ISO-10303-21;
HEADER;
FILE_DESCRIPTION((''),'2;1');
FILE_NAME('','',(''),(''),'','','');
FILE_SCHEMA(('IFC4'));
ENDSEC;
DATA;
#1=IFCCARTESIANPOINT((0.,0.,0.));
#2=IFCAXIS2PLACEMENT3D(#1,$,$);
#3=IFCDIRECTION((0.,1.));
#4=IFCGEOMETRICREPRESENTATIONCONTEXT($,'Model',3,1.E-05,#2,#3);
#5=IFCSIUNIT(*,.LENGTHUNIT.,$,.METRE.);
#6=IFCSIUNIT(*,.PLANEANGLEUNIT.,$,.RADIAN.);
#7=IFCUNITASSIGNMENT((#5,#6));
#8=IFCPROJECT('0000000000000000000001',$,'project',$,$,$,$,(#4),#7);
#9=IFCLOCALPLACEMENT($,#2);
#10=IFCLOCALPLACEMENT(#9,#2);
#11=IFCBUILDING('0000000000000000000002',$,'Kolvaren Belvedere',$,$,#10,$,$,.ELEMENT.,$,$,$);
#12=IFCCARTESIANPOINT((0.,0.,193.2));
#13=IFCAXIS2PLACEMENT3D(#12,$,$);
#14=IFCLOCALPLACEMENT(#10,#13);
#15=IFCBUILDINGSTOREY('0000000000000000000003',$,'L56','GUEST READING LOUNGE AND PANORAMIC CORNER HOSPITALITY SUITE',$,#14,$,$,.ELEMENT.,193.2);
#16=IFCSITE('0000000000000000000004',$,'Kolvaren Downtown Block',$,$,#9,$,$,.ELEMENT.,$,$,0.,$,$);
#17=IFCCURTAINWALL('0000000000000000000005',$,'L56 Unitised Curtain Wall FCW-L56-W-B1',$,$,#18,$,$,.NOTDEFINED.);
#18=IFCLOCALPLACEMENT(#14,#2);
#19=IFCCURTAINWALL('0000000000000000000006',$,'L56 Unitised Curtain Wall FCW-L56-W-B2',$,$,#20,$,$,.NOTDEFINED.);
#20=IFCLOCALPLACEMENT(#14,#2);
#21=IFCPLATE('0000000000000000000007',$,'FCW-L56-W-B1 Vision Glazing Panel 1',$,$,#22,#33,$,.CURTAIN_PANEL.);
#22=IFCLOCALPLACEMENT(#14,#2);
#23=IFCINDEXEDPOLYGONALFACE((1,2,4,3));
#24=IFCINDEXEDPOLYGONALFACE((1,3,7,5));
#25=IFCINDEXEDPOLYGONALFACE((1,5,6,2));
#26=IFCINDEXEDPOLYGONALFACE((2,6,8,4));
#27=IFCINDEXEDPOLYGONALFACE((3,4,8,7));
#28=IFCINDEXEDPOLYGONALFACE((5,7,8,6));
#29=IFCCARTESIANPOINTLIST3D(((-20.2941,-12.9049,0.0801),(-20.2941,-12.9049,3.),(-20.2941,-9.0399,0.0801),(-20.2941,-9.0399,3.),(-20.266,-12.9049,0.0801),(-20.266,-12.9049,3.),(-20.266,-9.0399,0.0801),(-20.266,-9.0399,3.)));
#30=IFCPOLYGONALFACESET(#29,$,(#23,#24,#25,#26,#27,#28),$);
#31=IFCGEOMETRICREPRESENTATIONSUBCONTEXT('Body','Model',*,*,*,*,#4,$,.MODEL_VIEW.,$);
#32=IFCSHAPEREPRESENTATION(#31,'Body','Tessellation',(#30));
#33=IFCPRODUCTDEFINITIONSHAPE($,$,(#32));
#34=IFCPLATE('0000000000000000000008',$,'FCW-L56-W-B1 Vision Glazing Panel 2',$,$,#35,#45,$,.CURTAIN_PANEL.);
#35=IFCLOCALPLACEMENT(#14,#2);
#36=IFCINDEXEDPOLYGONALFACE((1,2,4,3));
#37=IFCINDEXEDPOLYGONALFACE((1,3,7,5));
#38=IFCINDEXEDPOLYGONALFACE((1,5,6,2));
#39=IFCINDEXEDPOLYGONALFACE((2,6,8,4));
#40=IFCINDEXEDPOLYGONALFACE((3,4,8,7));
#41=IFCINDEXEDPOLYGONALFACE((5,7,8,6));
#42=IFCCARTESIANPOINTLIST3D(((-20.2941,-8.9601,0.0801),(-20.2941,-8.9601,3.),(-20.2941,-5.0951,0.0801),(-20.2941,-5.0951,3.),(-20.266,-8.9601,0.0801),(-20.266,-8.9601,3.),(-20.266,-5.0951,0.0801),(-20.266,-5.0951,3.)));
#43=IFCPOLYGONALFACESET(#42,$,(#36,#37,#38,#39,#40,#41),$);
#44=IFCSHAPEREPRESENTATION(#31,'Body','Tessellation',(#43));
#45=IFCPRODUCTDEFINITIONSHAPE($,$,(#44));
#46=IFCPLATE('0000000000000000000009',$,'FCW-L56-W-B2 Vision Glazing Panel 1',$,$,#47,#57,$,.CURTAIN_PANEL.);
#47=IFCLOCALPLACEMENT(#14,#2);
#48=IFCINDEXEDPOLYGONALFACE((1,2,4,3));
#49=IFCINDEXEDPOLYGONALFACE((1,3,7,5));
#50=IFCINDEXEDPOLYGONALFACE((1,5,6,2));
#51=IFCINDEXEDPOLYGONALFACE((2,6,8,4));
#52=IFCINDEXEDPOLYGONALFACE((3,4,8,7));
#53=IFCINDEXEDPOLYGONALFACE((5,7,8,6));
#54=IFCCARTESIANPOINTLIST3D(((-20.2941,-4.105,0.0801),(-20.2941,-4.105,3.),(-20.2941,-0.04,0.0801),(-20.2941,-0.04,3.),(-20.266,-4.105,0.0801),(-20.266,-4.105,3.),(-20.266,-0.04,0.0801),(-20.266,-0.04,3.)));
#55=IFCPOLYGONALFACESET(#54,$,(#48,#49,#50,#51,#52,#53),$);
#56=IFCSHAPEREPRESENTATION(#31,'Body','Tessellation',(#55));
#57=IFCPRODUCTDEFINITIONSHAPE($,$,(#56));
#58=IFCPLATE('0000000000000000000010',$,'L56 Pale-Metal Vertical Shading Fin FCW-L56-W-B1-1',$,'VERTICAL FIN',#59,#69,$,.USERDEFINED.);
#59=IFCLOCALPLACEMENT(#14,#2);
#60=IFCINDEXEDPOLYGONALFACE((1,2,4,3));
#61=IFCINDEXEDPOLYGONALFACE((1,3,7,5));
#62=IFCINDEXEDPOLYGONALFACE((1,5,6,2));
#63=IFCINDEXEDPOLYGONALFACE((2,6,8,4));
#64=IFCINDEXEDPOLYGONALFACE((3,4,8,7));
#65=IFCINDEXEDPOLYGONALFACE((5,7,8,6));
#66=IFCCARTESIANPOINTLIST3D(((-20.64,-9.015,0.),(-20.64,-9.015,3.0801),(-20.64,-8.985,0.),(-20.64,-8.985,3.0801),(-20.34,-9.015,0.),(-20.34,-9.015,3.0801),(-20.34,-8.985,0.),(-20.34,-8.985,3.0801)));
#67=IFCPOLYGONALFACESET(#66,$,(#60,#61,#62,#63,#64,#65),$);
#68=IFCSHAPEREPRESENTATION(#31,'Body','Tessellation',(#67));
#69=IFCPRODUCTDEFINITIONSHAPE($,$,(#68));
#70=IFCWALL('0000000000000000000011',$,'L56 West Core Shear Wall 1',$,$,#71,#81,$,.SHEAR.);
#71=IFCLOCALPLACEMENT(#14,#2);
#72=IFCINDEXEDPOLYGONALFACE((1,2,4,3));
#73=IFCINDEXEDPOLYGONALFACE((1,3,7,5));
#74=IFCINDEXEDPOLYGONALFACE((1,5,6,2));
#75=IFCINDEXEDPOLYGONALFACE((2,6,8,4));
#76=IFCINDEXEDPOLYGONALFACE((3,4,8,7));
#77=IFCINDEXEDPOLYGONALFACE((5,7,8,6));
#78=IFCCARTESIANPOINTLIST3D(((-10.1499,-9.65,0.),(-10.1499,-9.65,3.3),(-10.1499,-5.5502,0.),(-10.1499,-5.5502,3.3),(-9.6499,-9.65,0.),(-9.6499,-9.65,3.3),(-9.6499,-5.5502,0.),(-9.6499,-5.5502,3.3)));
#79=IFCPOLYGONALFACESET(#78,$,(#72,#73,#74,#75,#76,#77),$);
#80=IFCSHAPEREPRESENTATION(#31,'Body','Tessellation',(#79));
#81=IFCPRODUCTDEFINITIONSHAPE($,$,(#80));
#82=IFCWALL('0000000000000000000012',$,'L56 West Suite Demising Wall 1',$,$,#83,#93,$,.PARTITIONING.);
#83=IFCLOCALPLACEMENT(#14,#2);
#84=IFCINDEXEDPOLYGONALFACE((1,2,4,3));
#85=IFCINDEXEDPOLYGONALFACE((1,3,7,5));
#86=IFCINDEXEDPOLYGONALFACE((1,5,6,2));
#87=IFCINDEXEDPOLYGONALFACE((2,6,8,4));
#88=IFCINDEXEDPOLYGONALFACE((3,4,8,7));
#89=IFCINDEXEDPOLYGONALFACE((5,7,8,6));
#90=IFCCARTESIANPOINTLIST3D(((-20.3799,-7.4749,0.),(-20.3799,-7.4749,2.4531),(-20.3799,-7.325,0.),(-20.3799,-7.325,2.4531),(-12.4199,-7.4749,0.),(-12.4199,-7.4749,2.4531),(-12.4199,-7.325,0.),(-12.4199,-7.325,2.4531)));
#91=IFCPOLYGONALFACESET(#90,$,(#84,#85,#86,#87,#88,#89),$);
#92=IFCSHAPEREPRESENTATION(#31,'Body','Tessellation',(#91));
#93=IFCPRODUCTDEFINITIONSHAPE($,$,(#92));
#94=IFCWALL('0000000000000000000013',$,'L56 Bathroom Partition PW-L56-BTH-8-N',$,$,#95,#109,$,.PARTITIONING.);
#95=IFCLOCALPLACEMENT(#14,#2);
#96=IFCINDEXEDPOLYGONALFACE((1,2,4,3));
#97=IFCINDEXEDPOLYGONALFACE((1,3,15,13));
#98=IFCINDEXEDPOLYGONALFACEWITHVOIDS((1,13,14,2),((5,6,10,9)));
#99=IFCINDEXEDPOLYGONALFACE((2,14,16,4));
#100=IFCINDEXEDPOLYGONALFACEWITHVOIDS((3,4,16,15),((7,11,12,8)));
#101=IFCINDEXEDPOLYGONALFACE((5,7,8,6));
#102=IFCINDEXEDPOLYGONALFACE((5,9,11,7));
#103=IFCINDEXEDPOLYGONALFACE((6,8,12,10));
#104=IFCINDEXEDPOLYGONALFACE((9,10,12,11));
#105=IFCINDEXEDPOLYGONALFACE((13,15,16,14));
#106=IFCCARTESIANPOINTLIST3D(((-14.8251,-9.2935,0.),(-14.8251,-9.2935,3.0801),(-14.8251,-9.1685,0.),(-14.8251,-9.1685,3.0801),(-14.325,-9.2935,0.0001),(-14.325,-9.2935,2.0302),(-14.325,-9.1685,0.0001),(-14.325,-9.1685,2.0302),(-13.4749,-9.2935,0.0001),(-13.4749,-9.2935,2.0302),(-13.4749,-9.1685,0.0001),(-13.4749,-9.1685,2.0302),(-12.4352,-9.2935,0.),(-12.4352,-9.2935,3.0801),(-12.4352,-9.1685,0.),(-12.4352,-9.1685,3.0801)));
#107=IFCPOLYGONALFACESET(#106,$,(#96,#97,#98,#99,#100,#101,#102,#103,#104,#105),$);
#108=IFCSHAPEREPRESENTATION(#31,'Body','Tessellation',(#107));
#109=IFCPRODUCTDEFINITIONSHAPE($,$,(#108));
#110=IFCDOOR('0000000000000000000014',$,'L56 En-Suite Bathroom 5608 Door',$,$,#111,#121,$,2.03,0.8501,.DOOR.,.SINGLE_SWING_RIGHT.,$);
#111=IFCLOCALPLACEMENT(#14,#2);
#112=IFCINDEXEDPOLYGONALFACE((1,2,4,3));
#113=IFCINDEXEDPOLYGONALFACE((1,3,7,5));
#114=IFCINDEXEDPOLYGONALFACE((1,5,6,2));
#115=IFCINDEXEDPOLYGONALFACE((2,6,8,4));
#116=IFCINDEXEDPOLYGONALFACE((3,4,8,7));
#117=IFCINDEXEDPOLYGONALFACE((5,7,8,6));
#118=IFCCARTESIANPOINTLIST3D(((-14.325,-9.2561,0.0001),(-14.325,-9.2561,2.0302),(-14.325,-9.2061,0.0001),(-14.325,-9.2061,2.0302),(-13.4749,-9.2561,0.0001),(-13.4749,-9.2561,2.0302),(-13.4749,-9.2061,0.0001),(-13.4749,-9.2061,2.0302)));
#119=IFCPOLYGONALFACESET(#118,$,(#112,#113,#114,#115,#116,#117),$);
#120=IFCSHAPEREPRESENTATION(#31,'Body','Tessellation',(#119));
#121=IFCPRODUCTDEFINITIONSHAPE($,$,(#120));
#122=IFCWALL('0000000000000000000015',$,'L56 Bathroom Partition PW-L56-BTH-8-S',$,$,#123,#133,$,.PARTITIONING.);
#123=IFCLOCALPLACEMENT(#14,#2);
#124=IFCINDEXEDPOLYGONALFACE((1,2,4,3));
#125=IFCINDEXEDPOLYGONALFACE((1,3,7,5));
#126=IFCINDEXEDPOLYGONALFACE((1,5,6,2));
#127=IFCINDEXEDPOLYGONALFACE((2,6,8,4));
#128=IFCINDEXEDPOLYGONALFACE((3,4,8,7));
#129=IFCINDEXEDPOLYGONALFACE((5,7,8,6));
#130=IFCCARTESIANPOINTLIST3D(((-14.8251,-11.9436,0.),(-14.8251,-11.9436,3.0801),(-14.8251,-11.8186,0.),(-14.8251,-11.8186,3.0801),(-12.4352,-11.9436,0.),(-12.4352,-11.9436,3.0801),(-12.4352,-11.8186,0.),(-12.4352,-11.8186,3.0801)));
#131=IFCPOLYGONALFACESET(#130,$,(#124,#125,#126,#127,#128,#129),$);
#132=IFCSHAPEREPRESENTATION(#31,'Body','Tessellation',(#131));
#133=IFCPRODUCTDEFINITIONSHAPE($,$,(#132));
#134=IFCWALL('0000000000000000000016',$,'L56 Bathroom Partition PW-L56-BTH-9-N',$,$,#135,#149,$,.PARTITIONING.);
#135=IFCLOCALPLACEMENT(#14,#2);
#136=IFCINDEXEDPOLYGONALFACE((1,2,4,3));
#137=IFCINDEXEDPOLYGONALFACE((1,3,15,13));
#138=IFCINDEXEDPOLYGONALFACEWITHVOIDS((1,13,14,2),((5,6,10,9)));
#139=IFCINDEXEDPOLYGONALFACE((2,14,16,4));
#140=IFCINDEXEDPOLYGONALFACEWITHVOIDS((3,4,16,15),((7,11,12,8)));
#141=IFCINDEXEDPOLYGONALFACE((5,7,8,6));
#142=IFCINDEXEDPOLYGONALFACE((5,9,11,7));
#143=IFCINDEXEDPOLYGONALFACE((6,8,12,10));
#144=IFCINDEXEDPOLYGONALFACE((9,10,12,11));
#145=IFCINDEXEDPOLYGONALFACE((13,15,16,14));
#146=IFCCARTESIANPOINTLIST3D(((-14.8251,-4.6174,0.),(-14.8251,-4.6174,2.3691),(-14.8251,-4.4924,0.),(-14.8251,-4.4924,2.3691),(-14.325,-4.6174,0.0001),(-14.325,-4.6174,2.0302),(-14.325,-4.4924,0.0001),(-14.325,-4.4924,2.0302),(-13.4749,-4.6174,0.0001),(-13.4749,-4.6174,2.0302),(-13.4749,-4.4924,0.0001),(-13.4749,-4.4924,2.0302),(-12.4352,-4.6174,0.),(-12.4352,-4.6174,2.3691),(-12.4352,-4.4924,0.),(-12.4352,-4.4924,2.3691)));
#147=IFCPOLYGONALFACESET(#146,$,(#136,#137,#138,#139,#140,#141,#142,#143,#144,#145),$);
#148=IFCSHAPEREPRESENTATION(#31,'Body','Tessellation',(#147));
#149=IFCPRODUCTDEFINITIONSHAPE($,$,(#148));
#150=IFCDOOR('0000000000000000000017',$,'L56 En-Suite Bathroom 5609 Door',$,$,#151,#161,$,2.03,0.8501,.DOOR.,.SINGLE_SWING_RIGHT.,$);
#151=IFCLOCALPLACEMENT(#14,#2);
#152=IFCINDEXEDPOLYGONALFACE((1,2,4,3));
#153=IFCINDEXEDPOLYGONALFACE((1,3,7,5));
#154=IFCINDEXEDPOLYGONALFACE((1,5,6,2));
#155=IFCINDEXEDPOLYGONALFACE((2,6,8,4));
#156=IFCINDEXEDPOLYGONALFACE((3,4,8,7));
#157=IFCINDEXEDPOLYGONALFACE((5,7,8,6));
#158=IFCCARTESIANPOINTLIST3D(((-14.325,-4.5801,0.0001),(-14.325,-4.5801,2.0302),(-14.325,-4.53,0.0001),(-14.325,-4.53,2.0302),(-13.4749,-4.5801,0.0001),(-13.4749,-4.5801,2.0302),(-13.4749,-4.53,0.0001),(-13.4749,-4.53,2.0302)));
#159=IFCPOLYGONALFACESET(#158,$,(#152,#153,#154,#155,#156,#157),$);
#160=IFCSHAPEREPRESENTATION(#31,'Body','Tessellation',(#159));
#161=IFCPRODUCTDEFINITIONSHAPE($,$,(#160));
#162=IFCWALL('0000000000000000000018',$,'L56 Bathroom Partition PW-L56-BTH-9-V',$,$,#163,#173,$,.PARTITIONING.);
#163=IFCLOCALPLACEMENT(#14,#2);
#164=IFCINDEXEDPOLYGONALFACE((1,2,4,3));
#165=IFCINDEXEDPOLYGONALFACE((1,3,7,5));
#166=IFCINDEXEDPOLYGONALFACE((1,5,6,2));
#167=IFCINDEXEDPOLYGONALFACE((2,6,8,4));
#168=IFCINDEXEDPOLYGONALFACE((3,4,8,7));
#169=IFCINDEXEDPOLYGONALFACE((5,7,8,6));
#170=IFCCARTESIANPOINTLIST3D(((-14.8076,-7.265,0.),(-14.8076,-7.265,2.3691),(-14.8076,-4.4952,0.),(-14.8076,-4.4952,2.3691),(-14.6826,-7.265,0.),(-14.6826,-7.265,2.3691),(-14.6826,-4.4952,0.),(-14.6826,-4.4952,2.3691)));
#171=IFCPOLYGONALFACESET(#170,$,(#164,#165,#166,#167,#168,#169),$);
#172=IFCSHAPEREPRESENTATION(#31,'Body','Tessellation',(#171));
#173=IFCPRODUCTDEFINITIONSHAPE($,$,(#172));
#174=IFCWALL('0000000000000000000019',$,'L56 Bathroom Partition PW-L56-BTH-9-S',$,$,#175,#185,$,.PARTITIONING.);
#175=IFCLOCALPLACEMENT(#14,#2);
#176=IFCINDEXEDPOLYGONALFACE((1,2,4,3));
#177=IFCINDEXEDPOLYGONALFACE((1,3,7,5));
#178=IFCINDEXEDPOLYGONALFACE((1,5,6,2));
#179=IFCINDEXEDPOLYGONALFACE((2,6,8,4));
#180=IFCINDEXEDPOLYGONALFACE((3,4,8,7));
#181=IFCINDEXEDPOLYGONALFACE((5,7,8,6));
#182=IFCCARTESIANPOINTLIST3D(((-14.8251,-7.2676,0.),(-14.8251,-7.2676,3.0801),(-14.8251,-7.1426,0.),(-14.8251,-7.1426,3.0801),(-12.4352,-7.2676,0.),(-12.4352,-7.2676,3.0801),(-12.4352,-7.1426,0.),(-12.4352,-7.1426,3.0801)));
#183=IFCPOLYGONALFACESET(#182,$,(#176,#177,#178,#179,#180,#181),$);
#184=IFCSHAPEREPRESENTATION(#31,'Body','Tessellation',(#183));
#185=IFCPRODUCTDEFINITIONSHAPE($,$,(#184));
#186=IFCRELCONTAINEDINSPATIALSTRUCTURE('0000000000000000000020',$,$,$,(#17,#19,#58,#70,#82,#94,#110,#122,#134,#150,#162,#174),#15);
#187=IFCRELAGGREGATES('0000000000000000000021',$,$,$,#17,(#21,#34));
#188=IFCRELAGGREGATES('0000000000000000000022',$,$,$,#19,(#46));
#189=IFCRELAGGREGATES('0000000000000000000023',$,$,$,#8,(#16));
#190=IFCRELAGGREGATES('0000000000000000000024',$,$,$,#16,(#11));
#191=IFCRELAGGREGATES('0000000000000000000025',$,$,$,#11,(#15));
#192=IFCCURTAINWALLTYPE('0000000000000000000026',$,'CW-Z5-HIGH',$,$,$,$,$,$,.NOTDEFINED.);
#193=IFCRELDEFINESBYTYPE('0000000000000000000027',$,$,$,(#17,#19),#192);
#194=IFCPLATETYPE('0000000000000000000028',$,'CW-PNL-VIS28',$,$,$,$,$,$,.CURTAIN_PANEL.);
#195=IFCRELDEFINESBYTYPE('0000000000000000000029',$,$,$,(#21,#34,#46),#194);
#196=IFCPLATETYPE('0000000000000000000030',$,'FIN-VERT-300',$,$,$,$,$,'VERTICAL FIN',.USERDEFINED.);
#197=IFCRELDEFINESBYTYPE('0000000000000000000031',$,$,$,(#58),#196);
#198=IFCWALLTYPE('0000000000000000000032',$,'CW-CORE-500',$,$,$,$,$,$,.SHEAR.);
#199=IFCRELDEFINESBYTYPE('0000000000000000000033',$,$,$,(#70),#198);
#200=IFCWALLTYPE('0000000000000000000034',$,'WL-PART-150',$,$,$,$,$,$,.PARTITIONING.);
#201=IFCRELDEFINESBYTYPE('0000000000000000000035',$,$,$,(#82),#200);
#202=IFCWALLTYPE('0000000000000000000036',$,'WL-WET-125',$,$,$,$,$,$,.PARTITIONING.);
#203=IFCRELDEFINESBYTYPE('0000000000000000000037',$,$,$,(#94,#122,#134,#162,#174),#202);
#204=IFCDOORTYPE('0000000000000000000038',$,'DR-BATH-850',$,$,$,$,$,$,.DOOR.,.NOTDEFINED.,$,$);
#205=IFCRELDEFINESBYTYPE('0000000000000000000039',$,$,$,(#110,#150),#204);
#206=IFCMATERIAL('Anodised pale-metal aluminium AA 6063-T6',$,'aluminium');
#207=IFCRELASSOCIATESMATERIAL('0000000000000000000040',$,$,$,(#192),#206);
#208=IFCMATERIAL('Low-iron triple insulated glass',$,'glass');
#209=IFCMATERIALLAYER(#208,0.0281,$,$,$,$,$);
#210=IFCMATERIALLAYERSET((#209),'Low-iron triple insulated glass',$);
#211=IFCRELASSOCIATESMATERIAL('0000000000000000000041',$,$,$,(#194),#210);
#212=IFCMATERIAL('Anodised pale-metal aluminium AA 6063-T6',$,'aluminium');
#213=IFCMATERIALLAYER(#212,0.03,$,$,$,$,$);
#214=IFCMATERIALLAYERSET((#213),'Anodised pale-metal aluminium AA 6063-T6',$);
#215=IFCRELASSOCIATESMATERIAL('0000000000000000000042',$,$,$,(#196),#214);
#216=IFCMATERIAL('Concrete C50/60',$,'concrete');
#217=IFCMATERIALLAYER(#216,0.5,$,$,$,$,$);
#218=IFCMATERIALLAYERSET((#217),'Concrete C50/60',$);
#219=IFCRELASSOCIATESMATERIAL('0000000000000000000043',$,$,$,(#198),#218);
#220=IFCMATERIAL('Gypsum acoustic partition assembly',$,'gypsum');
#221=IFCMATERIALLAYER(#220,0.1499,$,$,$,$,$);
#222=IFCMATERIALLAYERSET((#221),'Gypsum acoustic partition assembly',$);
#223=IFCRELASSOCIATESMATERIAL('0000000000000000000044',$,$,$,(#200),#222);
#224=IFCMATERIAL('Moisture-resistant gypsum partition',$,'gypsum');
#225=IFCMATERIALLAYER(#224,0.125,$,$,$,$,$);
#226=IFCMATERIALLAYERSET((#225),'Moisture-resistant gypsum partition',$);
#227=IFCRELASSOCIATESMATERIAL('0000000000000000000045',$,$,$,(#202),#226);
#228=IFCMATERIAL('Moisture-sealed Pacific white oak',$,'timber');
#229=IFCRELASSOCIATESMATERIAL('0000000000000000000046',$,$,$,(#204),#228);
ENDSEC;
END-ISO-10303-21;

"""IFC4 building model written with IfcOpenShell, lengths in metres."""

from ifc_helpers import new_model, si_unit, direction, frame, frame_2d, origin, origin_2d, place, context, subcontext, project, spatial, rectangle, extrude, material, layer, layer_set, type_object, element, fill, aggregate, save


model = new_model("IFC4")

# Units and contexts
model_context = context("Model", 3, precision=1e-05, world=origin(), true_north=direction((0.0, 1.0)))
body_context = subcontext(model_context, "Body", "Model", "MODEL_VIEW")
ifc_project = project(units=[si_unit("LENGTHUNIT", "METRE"), si_unit("PLANEANGLEUNIT", "RADIAN")], contexts=[model_context])

# Site, building, storey
site_placement = place(None, origin())
site = spatial("IfcSite", under=ifc_project, at=site_placement, Name="Kolvaren Downtown Block", CompositionType="ELEMENT", RefElevation=0.0)
building_placement = place(site_placement, origin())
building = spatial("IfcBuilding", under=site, at=building_placement, Name="Kolvaren Belvedere", CompositionType="ELEMENT")
storey_placement = place(building_placement, frame((0.0, 0.0, 193.2)))
storey = spatial("IfcBuildingStorey", under=building, at=storey_placement, Name="L56", Description="GUEST READING LOUNGE AND PANORAMIC CORNER HOSPITALITY SUITE", CompositionType="ELEMENT", Elevation=193.2)

# Curtain walls
ifc_material_1 = material(Name="Anodised pale-metal aluminium AA 6063-T6", Category="aluminium")
curtain_wall_type = type_object("IfcCurtainWallType", Name="CW-Z5-HIGH", PredefinedType="NOTDEFINED", material=ifc_material_1)
curtain_wall_1_placement = place(storey_placement, origin())
curtain_wall_1 = element("IfcCurtainWall", 1, at=curtain_wall_1_placement, inside=storey, type_object=curtain_wall_type, Name="L56 Unitised Curtain Wall FCW-L56-W-B1", PredefinedType="NOTDEFINED")
curtain_wall_2_placement = place(storey_placement, origin())
curtain_wall_2 = element("IfcCurtainWall", 2, at=curtain_wall_2_placement, inside=storey, type_object=curtain_wall_type, Name="L56 Unitised Curtain Wall FCW-L56-W-B2", PredefinedType="NOTDEFINED")

# Plates
ifc_material_2 = material(Name="Low-iron triple insulated glass", Category="glass")
ifc_layer_1 = layer(ifc_material_2, 0.0281)
ifc_layer_set_1 = layer_set([ifc_layer_1], Name="Low-iron triple insulated glass")
plate_type_1 = type_object("IfcPlateType", Name="CW-PNL-VIS28", PredefinedType="CURTAIN_PANEL", material=ifc_layer_set_1)
plate_1_placement = place(storey_placement, frame((-20.28, -10.9724, 0.0801), z_axis=(0.0, 0.0, 1.0), x_axis=(0.0, 1.0, 0.0)))
plate_1 = element("IfcPlate", 3, at=plate_1_placement, type_object=plate_type_1, Name="FCW-L56-W-B1 Vision Glazing Panel 1", PredefinedType="CURTAIN_PANEL", context=body_context, shape_type="SweptSolid", body=[
    extrude(rectangle(XDim=3.865, YDim=0.0281, at=origin_2d()), origin(), (0.0, 0.0, 1.0), 2.9199),
])
plate_2_placement = place(storey_placement, frame((-20.28, -7.0276, 0.0801), z_axis=(0.0, 0.0, 1.0), x_axis=(0.0, 1.0, 0.0)))
plate_2 = element("IfcPlate", 4, at=plate_2_placement, type_object=plate_type_1, Name="FCW-L56-W-B1 Vision Glazing Panel 2", PredefinedType="CURTAIN_PANEL", context=body_context, shape_type="SweptSolid", body=[
    extrude(rectangle(XDim=3.865, YDim=0.0281, at=origin_2d()), origin(), (0.0, 0.0, 1.0), 2.9199),
])
aggregate(curtain_wall_1, [plate_1, plate_2])
plate_3_placement = place(storey_placement, frame((-20.28, -2.0725, 0.0801), z_axis=(0.0, 0.0, 1.0), x_axis=(0.0, 1.0, 0.0)))
plate_3 = element("IfcPlate", 5, at=plate_3_placement, type_object=plate_type_1, Name="FCW-L56-W-B2 Vision Glazing Panel 1", PredefinedType="CURTAIN_PANEL", context=body_context, shape_type="SweptSolid", body=[
    extrude(rectangle(XDim=4.0649, YDim=0.0281, at=origin_2d()), origin(), (0.0, 0.0, 1.0), 2.9199),
])
aggregate(curtain_wall_2, [plate_3])
ifc_material_3 = material(Name="Anodised pale-metal aluminium AA 6063-T6", Category="aluminium")
ifc_layer_2 = layer(ifc_material_3, 0.03)
ifc_layer_set_2 = layer_set([ifc_layer_2], Name="Anodised pale-metal aluminium AA 6063-T6")
plate_type_2 = type_object("IfcPlateType", Name="FIN-VERT-300", ElementType="VERTICAL FIN", PredefinedType="USERDEFINED", material=ifc_layer_set_2)
plate_4_placement = place(storey_placement, frame((-20.49, -9.0, 0.0), z_axis=(0.0, 0.0, 1.0), x_axis=(1.0, 0.0, 0.0)))
element("IfcPlate", 6, at=plate_4_placement, inside=storey, type_object=plate_type_2, Name="L56 Pale-Metal Vertical Shading Fin FCW-L56-W-B1-1", ObjectType="VERTICAL FIN", PredefinedType="USERDEFINED", context=body_context, shape_type="SweptSolid", body=[
    extrude(rectangle(XDim=0.3, YDim=0.03, at=origin_2d()), origin(), (0.0, 0.0, 1.0), 3.0801),
])

# Walls
ifc_material_4 = material(Name="Concrete C50/60", Category="concrete")
ifc_layer_3 = layer(ifc_material_4, 0.5)
ifc_layer_set_3 = layer_set([ifc_layer_3], Name="Concrete C50/60")
wall_type_1 = type_object("IfcWallType", Name="CW-CORE-500", PredefinedType="SHEAR", material=ifc_layer_set_3)
wall_1_placement = place(storey_placement, frame((-9.8999, -9.6499, 0.0), z_axis=(0.0, 0.0, 1.0), x_axis=(0.0, 1.0, 0.0)))
element("IfcWall", 7, at=wall_1_placement, inside=storey, type_object=wall_type_1, Name="L56 West Core Shear Wall 1", PredefinedType="SHEAR", context=body_context, shape_type="SweptSolid", body=[
    extrude(rectangle(XDim=4.0999, YDim=0.5, at=frame_2d((2.0498, 0.0))), origin(), (0.0, 0.0, 1.0), 3.3),
])
ifc_material_5 = material(Name="Gypsum acoustic partition assembly", Category="gypsum")
ifc_layer_4 = layer(ifc_material_5, 0.1499)
ifc_layer_set_4 = layer_set([ifc_layer_4], Name="Gypsum acoustic partition assembly")
wall_type_2 = type_object("IfcWallType", Name="WL-PART-150", PredefinedType="PARTITIONING", material=ifc_layer_set_4)
wall_2_placement = place(storey_placement, frame((-20.3799, -7.3999, 0.0), z_axis=(0.0, 0.0, 1.0), x_axis=(1.0, 0.0, 0.0)))
element("IfcWall", 8, at=wall_2_placement, inside=storey, type_object=wall_type_2, Name="L56 West Suite Demising Wall 1", PredefinedType="PARTITIONING", context=body_context, shape_type="SweptSolid", body=[
    extrude(rectangle(XDim=7.96, YDim=0.1499, at=frame_2d((3.98, 0.0))), origin(), (0.0, 0.0, 1.0), 2.4531),
])

# Wall, opening, door
ifc_material_6 = material(Name="Moisture-resistant gypsum partition", Category="gypsum")
ifc_layer_5 = layer(ifc_material_6, 0.125)
ifc_layer_set_5 = layer_set([ifc_layer_5], Name="Moisture-resistant gypsum partition")
wall_type_3 = type_object("IfcWallType", Name="WL-WET-125", PredefinedType="PARTITIONING", material=ifc_layer_set_5)
wall_3_placement = place(storey_placement, frame((-14.825, -9.231, 0.0), z_axis=(0.0, 0.0, 1.0), x_axis=(1.0, 0.0, 0.0)))
wall_3 = element("IfcWall", 9, at=wall_3_placement, inside=storey, type_object=wall_type_3, Name="L56 Bathroom Partition PW-L56-BTH-8-N", PredefinedType="PARTITIONING", context=body_context, shape_type="SweptSolid", body=[
    extrude(rectangle(XDim=2.3899, YDim=0.125, at=frame_2d((1.1948, 0.0))), origin(), (0.0, 0.0, 1.0), 3.0801),
])
opening_1_placement = place(wall_3_placement, frame((0.5, 0.0, 0.0)))
opening_1 = element("IfcOpeningElement", 10, at=opening_1_placement, cuts=wall_3, PredefinedType="OPENING", context=body_context, shape_type="SweptSolid", body=[
    extrude(rectangle(XDim=0.8501, YDim=2.03, at=frame_2d((0.425, 1.0151))), frame((0.0, 0.0725, 0.0), z_axis=(0.0, -1.0, 0.0), x_axis=(1.0, 0.0, 0.0)), (0.0, 0.0, 1.0), 0.145),
])
ifc_material_7 = material(Name="Moisture-sealed Pacific white oak", Category="timber")
door_type = type_object("IfcDoorType", Name="DR-BATH-850", OperationType="NOTDEFINED", PredefinedType="DOOR", material=ifc_material_7)
door_1_placement = place(opening_1_placement, origin())
door_1 = element("IfcDoor", 11, at=door_1_placement, inside=storey, type_object=door_type, Name="L56 En-Suite Bathroom 5608 Door", OperationType="SINGLE_SWING_RIGHT", OverallHeight=2.03, OverallWidth=0.8501, PredefinedType="DOOR", context=body_context, shape_type="SweptSolid", body=[
    extrude(rectangle(XDim=0.8501, YDim=2.03, at=frame_2d((0.425, 1.0151))), frame((0.0, 0.0249, 0.0), z_axis=(0.0, -1.0, 0.0), x_axis=(1.0, 0.0, 0.0)), (0.0, 0.0, 1.0), 0.05),
])
fill(opening_1, door_1)

# Wall
wall_4_placement = place(storey_placement, frame((-14.825, -11.8811, 0.0), z_axis=(0.0, 0.0, 1.0), x_axis=(1.0, 0.0, 0.0)))
element("IfcWall", 12, at=wall_4_placement, inside=storey, type_object=wall_type_3, Name="L56 Bathroom Partition PW-L56-BTH-8-S", PredefinedType="PARTITIONING", context=body_context, shape_type="SweptSolid", body=[
    extrude(rectangle(XDim=2.3899, YDim=0.125, at=frame_2d((1.1948, 0.0))), origin(), (0.0, 0.0, 1.0), 3.0801),
])

# Wall, opening, door
wall_5_placement = place(storey_placement, frame((-14.825, -4.5549, 0.0), z_axis=(0.0, 0.0, 1.0), x_axis=(1.0, 0.0, 0.0)))
wall_5 = element("IfcWall", 13, at=wall_5_placement, inside=storey, type_object=wall_type_3, Name="L56 Bathroom Partition PW-L56-BTH-9-N", PredefinedType="PARTITIONING", context=body_context, shape_type="SweptSolid", body=[
    extrude(rectangle(XDim=2.3899, YDim=0.125, at=frame_2d((1.1948, 0.0))), origin(), (0.0, 0.0, 1.0), 2.3691),
])
opening_2_placement = place(wall_5_placement, frame((0.5, 0.0, 0.0)))
opening_2 = element("IfcOpeningElement", 14, at=opening_2_placement, cuts=wall_5, PredefinedType="OPENING", context=body_context, shape_type="SweptSolid", body=[
    extrude(rectangle(XDim=0.8501, YDim=2.03, at=frame_2d((0.425, 1.0151))), frame((0.0, 0.0725, 0.0), z_axis=(0.0, -1.0, 0.0), x_axis=(1.0, 0.0, 0.0)), (0.0, 0.0, 1.0), 0.145),
])
door_2_placement = place(opening_2_placement, origin())
door_2 = element("IfcDoor", 15, at=door_2_placement, inside=storey, type_object=door_type, Name="L56 En-Suite Bathroom 5609 Door", OperationType="SINGLE_SWING_RIGHT", OverallHeight=2.03, OverallWidth=0.8501, PredefinedType="DOOR", context=body_context, shape_type="SweptSolid", body=[
    extrude(rectangle(XDim=0.8501, YDim=2.03, at=frame_2d((0.425, 1.0151))), frame((0.0, 0.0249, 0.0), z_axis=(0.0, -1.0, 0.0), x_axis=(1.0, 0.0, 0.0)), (0.0, 0.0, 1.0), 0.05),
])
fill(opening_2, door_2)

# Walls
wall_6_placement = place(storey_placement, frame((-14.7451, -7.2649, 0.0), z_axis=(0.0, 0.0, 1.0), x_axis=(0.0, 1.0, 0.0)))
element("IfcWall", 16, at=wall_6_placement, inside=storey, type_object=wall_type_3, Name="L56 Bathroom Partition PW-L56-BTH-9-V", PredefinedType="PARTITIONING", context=body_context, shape_type="SweptSolid", body=[
    extrude(rectangle(XDim=2.7698, YDim=0.125, at=frame_2d((1.3848, 0.0))), origin(), (0.0, 0.0, 1.0), 2.3691),
])
wall_7_placement = place(storey_placement, frame((-14.825, -7.2051, 0.0), z_axis=(0.0, 0.0, 1.0), x_axis=(1.0, 0.0, 0.0)))
element("IfcWall", 17, at=wall_7_placement, inside=storey, type_object=wall_type_3, Name="L56 Bathroom Partition PW-L56-BTH-9-S", PredefinedType="PARTITIONING", context=body_context, shape_type="SweptSolid", body=[
    extrude(rectangle(XDim=2.3899, YDim=0.125, at=frame_2d((1.1948, 0.0))), origin(), (0.0, 0.0, 1.0), 3.0801),
])

save(model, "model.ifc")
